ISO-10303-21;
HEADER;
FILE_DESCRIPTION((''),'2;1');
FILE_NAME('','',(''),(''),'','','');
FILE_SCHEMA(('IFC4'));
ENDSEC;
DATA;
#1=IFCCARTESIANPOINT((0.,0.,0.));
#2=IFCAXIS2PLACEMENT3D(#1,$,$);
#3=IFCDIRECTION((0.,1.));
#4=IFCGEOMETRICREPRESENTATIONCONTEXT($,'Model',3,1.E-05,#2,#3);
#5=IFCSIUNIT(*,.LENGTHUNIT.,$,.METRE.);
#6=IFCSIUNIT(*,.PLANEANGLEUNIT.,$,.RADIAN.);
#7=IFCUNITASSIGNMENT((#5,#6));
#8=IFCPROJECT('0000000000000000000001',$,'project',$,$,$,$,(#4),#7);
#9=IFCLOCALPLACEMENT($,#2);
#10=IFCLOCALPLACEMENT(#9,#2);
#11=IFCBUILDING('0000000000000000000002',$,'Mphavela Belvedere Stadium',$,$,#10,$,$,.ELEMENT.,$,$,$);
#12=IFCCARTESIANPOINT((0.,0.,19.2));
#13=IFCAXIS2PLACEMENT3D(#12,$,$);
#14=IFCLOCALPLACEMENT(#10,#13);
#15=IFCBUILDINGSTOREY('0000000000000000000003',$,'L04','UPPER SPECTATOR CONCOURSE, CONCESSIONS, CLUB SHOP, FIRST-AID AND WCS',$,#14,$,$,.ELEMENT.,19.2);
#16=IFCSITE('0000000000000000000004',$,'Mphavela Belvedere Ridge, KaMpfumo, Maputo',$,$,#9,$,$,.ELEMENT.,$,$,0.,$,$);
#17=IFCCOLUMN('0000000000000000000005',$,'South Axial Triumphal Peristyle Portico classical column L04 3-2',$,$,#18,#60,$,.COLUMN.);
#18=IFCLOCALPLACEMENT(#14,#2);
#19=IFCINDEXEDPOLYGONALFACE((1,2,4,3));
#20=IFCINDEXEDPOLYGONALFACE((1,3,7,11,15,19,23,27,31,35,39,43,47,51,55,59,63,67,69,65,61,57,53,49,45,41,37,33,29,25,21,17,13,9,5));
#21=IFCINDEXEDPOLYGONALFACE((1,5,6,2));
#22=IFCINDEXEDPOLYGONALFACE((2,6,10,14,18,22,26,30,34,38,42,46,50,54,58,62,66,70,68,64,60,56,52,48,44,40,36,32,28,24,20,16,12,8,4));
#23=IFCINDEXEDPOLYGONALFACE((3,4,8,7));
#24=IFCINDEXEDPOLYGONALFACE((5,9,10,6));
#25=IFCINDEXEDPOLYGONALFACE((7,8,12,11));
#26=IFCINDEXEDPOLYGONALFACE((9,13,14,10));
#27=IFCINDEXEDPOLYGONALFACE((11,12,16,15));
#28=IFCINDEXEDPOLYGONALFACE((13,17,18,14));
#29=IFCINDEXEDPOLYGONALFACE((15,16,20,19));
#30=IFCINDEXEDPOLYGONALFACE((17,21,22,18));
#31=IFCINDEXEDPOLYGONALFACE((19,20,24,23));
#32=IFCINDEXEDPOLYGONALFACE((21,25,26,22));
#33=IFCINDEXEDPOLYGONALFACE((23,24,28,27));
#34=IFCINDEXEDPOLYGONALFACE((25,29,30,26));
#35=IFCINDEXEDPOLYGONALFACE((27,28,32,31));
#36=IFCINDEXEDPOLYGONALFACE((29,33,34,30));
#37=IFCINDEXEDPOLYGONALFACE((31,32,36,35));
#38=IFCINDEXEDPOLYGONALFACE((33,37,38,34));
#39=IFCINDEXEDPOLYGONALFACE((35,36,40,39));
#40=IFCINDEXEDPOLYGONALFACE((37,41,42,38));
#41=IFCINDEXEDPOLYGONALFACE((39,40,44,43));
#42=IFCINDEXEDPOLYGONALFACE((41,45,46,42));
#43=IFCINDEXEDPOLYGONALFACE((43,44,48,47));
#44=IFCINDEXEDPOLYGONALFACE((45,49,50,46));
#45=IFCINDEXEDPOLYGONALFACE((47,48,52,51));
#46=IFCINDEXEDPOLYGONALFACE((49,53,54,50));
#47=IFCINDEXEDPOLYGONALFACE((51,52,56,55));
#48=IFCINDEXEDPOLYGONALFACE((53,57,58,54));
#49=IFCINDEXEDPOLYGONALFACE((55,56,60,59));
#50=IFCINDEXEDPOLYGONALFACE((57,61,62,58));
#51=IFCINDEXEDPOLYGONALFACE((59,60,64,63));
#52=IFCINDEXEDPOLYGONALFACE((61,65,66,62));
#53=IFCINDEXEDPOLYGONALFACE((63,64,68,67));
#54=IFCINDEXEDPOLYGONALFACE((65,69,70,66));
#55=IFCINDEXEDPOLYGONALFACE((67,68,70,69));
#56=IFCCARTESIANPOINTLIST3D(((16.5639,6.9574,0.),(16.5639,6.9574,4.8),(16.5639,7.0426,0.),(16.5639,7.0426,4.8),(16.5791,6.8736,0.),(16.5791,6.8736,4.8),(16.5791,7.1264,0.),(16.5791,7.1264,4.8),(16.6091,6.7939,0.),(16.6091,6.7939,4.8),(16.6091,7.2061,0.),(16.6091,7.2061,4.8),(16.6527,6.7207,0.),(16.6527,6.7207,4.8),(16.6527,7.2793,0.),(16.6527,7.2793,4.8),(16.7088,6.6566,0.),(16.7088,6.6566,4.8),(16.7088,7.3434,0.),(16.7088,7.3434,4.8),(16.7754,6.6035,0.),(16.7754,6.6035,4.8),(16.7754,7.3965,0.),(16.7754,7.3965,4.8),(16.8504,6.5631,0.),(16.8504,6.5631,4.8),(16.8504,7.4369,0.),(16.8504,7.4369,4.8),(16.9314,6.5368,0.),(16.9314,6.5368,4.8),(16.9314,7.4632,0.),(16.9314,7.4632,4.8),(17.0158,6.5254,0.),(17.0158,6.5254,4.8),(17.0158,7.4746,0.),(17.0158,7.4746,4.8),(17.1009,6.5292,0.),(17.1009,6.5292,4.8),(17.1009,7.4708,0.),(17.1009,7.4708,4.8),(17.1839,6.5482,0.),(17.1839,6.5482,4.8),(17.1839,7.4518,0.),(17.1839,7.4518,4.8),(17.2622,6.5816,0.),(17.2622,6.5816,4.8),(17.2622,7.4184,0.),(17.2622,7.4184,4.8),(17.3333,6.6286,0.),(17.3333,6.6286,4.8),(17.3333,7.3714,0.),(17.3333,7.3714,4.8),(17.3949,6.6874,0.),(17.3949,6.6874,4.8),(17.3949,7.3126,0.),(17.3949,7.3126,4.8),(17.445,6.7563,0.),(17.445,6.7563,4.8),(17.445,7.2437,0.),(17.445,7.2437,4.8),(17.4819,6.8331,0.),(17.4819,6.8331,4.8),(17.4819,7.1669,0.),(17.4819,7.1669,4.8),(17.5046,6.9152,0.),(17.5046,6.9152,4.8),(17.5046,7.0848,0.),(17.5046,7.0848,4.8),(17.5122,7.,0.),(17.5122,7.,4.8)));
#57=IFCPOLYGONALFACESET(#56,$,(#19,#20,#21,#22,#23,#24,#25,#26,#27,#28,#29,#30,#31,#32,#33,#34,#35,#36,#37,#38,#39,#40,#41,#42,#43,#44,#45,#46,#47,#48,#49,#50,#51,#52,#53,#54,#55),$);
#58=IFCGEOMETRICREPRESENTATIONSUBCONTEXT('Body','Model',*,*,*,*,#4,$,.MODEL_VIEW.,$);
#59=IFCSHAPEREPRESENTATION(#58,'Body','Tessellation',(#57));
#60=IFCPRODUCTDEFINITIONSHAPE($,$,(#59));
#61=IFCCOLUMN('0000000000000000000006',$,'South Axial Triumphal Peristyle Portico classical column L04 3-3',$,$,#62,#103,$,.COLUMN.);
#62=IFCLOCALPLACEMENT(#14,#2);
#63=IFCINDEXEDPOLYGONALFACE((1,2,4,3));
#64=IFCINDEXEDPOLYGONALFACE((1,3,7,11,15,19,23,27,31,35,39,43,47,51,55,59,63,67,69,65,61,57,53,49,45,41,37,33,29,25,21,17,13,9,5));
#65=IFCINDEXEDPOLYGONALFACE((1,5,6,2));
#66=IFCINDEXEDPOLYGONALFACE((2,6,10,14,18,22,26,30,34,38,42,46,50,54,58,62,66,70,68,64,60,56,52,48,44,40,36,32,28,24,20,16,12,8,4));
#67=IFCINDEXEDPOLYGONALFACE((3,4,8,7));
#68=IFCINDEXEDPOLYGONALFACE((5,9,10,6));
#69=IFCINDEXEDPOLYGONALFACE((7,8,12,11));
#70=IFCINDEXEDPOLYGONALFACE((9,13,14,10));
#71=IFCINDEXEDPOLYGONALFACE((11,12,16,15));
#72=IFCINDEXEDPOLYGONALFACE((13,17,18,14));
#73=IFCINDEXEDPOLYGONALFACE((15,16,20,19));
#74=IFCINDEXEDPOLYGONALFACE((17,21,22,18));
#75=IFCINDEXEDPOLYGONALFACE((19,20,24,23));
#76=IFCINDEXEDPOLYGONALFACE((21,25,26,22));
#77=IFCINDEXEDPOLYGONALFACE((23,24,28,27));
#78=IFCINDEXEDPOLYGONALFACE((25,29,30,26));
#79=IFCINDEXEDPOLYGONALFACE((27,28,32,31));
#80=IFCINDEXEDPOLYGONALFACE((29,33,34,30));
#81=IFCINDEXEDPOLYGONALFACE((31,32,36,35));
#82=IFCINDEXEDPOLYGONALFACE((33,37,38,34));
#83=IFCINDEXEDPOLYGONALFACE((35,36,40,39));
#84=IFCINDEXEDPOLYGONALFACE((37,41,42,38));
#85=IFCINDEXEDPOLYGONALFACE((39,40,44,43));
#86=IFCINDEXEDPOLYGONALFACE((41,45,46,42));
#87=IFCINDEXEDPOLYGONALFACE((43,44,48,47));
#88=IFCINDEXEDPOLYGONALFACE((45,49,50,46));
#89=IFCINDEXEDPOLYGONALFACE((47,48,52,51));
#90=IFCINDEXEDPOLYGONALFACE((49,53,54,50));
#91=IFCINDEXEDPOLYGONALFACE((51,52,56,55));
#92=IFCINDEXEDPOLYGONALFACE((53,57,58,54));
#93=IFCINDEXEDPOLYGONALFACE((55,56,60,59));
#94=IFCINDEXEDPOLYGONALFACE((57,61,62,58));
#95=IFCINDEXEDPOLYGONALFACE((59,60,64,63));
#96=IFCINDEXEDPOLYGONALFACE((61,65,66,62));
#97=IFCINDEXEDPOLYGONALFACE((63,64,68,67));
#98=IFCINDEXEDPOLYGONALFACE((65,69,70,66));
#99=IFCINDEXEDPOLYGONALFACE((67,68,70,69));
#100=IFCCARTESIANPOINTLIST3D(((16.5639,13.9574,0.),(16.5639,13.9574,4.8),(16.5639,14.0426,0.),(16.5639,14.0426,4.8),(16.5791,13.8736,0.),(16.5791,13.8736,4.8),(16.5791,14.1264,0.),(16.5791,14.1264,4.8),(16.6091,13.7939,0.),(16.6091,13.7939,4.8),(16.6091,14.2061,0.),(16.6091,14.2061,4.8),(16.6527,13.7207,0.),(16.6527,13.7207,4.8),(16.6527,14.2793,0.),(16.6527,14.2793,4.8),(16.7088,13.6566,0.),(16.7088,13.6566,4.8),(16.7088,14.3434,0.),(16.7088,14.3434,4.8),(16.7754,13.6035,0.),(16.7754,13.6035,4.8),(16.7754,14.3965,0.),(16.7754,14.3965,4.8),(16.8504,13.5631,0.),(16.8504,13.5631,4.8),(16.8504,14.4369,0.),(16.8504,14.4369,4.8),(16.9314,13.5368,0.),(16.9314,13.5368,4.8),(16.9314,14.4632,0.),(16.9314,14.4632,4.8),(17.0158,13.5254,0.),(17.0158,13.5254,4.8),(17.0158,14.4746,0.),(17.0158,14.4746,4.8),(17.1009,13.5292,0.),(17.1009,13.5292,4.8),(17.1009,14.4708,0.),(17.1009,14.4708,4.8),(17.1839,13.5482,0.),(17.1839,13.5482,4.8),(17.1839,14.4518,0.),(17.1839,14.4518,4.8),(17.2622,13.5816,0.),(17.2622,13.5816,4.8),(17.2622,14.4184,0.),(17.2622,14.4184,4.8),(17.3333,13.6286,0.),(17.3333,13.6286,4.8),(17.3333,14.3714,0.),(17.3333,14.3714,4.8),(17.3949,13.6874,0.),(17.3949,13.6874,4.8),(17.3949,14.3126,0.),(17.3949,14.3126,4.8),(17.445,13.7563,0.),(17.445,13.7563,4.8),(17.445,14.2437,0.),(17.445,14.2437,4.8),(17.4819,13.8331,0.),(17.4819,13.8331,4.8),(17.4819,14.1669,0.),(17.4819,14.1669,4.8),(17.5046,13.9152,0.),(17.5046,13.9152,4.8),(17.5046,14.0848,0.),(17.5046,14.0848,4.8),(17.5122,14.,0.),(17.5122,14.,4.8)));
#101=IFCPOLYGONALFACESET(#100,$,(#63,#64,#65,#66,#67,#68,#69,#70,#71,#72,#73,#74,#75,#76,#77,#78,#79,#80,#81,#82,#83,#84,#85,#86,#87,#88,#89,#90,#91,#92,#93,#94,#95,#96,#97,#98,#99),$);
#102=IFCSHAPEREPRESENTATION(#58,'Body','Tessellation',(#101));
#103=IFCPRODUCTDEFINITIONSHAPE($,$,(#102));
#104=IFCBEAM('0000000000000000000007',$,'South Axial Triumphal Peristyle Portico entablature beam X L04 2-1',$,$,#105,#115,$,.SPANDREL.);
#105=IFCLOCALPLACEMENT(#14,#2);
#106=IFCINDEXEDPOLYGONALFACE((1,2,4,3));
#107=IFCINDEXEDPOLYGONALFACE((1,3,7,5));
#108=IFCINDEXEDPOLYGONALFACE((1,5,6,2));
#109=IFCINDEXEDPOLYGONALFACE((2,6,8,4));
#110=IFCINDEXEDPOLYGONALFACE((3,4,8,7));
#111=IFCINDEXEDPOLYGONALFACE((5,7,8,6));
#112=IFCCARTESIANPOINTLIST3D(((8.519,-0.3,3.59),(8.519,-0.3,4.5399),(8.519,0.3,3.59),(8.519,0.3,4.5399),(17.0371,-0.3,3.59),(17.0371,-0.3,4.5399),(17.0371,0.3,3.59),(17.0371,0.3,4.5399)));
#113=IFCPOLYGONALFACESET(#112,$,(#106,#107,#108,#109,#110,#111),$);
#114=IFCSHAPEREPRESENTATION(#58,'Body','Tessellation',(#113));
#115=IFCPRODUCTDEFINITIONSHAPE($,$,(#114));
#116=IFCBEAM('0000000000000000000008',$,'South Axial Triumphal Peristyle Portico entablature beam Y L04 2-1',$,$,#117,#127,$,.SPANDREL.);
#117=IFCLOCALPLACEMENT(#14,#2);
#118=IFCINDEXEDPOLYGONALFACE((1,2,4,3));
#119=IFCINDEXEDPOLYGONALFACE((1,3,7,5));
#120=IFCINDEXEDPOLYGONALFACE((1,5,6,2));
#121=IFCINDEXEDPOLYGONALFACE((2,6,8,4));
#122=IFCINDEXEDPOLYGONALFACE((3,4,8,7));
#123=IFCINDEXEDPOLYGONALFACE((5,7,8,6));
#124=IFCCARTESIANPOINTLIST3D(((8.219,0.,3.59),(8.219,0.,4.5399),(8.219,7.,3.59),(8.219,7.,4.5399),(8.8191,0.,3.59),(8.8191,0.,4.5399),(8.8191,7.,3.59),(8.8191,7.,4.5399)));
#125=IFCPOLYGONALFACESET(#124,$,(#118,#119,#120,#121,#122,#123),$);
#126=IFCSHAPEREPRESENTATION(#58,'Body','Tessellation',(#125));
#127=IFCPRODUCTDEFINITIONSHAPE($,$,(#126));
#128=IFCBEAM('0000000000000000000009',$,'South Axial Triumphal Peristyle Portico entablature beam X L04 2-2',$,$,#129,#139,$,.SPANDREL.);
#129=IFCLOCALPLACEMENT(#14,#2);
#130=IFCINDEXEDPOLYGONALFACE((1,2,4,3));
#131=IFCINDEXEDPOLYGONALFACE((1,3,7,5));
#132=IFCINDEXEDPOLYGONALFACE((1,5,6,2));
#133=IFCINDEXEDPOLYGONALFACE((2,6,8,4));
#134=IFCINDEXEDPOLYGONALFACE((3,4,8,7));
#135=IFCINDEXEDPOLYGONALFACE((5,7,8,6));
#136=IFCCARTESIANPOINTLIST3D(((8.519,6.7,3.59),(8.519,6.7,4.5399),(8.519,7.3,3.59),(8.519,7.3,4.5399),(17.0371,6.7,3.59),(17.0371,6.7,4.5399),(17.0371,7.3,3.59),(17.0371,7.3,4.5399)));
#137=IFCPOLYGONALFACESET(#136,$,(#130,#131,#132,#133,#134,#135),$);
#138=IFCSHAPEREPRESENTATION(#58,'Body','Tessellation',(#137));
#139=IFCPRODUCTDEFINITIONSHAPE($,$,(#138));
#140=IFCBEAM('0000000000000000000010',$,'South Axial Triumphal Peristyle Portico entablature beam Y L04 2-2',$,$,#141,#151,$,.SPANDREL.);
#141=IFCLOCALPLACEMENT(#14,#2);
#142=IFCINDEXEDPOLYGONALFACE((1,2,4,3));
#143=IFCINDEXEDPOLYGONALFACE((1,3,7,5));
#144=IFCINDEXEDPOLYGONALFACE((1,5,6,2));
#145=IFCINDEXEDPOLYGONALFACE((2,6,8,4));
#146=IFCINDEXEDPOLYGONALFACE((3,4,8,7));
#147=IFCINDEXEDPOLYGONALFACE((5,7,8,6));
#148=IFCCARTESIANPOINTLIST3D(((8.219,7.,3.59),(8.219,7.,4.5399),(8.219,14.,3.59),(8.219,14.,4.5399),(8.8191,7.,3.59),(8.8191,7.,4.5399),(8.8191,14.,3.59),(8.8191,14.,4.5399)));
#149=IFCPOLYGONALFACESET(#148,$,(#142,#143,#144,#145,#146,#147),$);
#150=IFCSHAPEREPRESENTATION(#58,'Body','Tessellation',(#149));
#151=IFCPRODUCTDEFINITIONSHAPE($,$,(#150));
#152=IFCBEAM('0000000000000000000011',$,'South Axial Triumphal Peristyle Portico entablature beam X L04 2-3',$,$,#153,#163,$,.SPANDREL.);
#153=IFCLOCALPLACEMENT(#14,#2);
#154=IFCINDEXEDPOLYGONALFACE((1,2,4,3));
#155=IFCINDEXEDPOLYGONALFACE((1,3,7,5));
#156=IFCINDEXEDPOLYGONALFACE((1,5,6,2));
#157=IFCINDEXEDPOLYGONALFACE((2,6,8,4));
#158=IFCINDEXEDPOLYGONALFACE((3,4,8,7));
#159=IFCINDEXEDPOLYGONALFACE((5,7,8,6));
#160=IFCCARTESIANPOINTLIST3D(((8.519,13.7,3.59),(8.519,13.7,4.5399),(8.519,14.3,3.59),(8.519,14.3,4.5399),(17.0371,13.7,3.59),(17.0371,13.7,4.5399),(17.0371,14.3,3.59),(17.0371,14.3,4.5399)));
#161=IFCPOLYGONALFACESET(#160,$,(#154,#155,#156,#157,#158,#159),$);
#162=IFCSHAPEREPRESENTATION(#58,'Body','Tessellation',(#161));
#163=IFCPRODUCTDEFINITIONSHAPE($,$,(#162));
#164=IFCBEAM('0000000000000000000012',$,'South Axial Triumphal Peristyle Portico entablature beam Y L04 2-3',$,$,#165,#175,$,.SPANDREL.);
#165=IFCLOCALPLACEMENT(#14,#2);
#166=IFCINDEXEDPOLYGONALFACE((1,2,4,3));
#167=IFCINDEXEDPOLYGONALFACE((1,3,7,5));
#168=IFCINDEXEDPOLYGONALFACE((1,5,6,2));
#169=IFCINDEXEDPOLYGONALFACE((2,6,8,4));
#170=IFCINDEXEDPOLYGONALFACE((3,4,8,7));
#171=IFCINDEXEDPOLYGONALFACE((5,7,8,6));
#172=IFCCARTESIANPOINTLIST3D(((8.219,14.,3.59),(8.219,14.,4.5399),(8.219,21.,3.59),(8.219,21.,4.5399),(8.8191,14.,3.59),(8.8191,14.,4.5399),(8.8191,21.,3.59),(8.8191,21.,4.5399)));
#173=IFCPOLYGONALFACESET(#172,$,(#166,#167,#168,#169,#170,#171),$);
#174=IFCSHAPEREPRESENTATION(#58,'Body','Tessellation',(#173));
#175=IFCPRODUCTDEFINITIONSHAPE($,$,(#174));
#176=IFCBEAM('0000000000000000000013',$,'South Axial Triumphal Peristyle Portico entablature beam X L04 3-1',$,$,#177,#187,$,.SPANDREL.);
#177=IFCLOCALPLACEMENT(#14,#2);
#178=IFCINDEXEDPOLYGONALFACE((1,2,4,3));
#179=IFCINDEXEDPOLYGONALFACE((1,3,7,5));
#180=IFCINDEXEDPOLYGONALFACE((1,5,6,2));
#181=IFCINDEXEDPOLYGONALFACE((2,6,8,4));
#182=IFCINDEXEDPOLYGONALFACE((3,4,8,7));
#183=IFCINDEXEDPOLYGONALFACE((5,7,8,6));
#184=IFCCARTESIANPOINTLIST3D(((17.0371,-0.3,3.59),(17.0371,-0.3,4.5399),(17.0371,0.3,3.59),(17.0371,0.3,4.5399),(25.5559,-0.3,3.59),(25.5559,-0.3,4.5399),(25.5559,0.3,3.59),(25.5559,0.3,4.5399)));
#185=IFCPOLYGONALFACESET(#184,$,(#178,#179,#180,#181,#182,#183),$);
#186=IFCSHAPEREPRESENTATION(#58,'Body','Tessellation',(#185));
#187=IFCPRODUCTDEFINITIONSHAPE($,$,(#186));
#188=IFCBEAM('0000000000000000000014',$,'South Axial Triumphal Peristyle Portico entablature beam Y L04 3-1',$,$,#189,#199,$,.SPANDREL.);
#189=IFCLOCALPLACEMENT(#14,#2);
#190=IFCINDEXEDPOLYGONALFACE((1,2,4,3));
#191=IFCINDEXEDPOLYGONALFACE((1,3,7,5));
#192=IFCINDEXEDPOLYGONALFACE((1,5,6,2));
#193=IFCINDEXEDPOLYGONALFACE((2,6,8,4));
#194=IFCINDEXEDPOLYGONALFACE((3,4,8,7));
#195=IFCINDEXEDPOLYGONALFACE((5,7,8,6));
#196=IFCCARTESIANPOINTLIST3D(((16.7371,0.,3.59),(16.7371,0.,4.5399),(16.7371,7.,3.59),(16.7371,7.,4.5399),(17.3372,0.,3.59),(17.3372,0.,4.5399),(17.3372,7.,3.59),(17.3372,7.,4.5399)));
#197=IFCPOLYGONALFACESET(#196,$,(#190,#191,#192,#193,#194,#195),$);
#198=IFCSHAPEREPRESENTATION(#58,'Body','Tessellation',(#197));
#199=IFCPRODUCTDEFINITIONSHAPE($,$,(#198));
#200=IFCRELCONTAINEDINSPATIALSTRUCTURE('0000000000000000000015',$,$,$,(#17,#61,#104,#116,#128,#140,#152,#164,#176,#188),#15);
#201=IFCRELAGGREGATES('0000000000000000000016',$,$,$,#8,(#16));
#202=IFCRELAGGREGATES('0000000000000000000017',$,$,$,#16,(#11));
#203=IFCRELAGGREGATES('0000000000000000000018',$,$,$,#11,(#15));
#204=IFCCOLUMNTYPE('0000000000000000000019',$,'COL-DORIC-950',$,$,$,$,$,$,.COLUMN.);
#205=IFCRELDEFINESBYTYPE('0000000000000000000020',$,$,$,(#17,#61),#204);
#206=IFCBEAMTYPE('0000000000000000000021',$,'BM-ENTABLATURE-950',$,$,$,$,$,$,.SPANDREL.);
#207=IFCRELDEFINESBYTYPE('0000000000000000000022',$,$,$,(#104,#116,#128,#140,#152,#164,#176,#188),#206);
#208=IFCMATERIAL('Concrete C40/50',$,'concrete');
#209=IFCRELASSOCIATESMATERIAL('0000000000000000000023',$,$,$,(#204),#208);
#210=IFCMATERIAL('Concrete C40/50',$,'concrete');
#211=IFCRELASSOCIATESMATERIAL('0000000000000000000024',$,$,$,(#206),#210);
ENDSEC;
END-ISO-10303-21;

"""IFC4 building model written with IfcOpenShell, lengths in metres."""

from ifc_helpers import new_model, si_unit, direction, frame, origin, origin_2d, place, context, subcontext, project, spatial, rectangle, circle, extrude, material, material_profile, profile_set, type_object, element, save


model = new_model("IFC4")

# Units and contexts
model_context = context("Model", 3, precision=1e-05, world=origin(), true_north=direction((0.0, 1.0)))
body_context = subcontext(model_context, "Body", "Model", "MODEL_VIEW")
ifc_project = project(units=[si_unit("LENGTHUNIT", "METRE"), si_unit("PLANEANGLEUNIT", "RADIAN")], contexts=[model_context])

# Site, building, storey
site_placement = place(None, origin())
site = spatial("IfcSite", under=ifc_project, at=site_placement, Name="Mphavela Belvedere Ridge, KaMpfumo, Maputo", CompositionType="ELEMENT", RefElevation=0.0)
building_placement = place(site_placement, origin())
building = spatial("IfcBuilding", under=site, at=building_placement, Name="Mphavela Belvedere Stadium", CompositionType="ELEMENT")
storey_placement = place(building_placement, frame((0.0, 0.0, 19.2)))
storey = spatial("IfcBuildingStorey", under=building, at=storey_placement, Name="L04", Description="UPPER SPECTATOR CONCOURSE, CONCESSIONS, CLUB SHOP, FIRST-AID AND WCS", CompositionType="ELEMENT", Elevation=19.2)

# Columns
ifc_material_1 = material(Name="Concrete C40/50", Category="concrete")
ifc_material_profile_1 = material_profile(ifc_material_1, circle(Radius=0.4751, at=origin_2d()), Name="COL D950")
ifc_profile_set_1 = profile_set([ifc_material_profile_1], Name="Concrete C40/50")
column_type = type_object("IfcColumnType", Name="COL-DORIC-950", PredefinedType="COLUMN", material=ifc_profile_set_1)
for number, where, z_axis, x_axis, name in (
    (1, (17.0371, 7.0, 0.0), (0.0, 0.0, 1.0), (1.0, 0.0, 0.0), "South Axial Triumphal Peristyle Portico classical column L04 3-2"),
    (2, (17.0371, 14.0, 0.0), (0.0, 0.0, 1.0), (1.0, 0.0, 0.0), "South Axial Triumphal Peristyle Portico classical column L04 3-3"),
):
    element("IfcColumn", number, at=place(storey_placement, frame(where, z_axis=z_axis, x_axis=x_axis)), inside=storey, type_object=column_type, Name=name, PredefinedType="COLUMN", context=body_context, shape_type="SweptSolid", body=[
        extrude(circle(Radius=0.4751, at=origin_2d()), origin(), (0.0, 0.0, 1.0), 4.8),
    ])

# Beams
ifc_material_2 = material(Name="Concrete C40/50", Category="concrete")
ifc_material_profile_2 = material_profile(ifc_material_2, rectangle(XDim=0.6001, YDim=0.95, at=origin_2d()), Name="RC 600x950")
ifc_profile_set_2 = profile_set([ifc_material_profile_2], Name="Concrete C40/50")
beam_type_1 = type_object("IfcBeamType", Name="BM-ENTABLATURE-950", PredefinedType="SPANDREL", material=ifc_profile_set_2)
beam_1_placement = place(storey_placement, frame((8.519, 0.0, 4.0649), z_axis=(1.0, 0.0, 0.0), x_axis=(0.0, 1.0, 0.0)))
element("IfcBeam", 3, at=beam_1_placement, inside=storey, type_object=beam_type_1, Name="South Axial Triumphal Peristyle Portico entablature beam X L04 2-1", PredefinedType="SPANDREL", context=body_context, shape_type="SweptSolid", body=[
    extrude(rectangle(XDim=0.6001, YDim=0.95, at=origin_2d()), origin(), (0.0, 0.0, 1.0), 8.5181),
])
beam_2_placement = place(storey_placement, frame((8.519, 0.0, 4.0649), z_axis=(0.0, 1.0, 0.0), x_axis=(-1.0, 0.0, 0.0)))
element("IfcBeam", 4, at=beam_2_placement, inside=storey, type_object=beam_type_1, Name="South Axial Triumphal Peristyle Portico entablature beam Y L04 2-1", PredefinedType="SPANDREL", context=body_context, shape_type="SweptSolid", body=[
    extrude(rectangle(XDim=0.6001, YDim=0.95, at=origin_2d()), origin(), (0.0, 0.0, 1.0), 7.0),
])
beam_3_placement = place(storey_placement, frame((8.519, 7.0, 4.0649), z_axis=(1.0, 0.0, 0.0), x_axis=(0.0, 1.0, 0.0)))
element("IfcBeam", 5, at=beam_3_placement, inside=storey, type_object=beam_type_1, Name="South Axial Triumphal Peristyle Portico entablature beam X L04 2-2", PredefinedType="SPANDREL", context=body_context, shape_type="SweptSolid", body=[
    extrude(rectangle(XDim=0.6001, YDim=0.95, at=origin_2d()), origin(), (0.0, 0.0, 1.0), 8.5181),
])
beam_4_placement = place(storey_placement, frame((8.519, 7.0, 4.0649), z_axis=(0.0, 1.0, 0.0), x_axis=(-1.0, 0.0, 0.0)))
element("IfcBeam", 6, at=beam_4_placement, inside=storey, type_object=beam_type_1, Name="South Axial Triumphal Peristyle Portico entablature beam Y L04 2-2", PredefinedType="SPANDREL", context=body_context, shape_type="SweptSolid", body=[
    extrude(rectangle(XDim=0.6001, YDim=0.95, at=origin_2d()), origin(), (0.0, 0.0, 1.0), 7.0),
])
beam_5_placement = place(storey_placement, frame((8.519, 14.0, 4.0649), z_axis=(1.0, 0.0, 0.0), x_axis=(0.0, 1.0, 0.0)))
element("IfcBeam", 7, at=beam_5_placement, inside=storey, type_object=beam_type_1, Name="South Axial Triumphal Peristyle Portico entablature beam X L04 2-3", PredefinedType="SPANDREL", context=body_context, shape_type="SweptSolid", body=[
    extrude(rectangle(XDim=0.6001, YDim=0.95, at=origin_2d()), origin(), (0.0, 0.0, 1.0), 8.5181),
])
beam_6_placement = place(storey_placement, frame((8.519, 14.0, 4.0649), z_axis=(0.0, 1.0, 0.0), x_axis=(-1.0, 0.0, 0.0)))
element("IfcBeam", 8, at=beam_6_placement, inside=storey, type_object=beam_type_1, Name="South Axial Triumphal Peristyle Portico entablature beam Y L04 2-3", PredefinedType="SPANDREL", context=body_context, shape_type="SweptSolid", body=[
    extrude(rectangle(XDim=0.6001, YDim=0.95, at=origin_2d()), origin(), (0.0, 0.0, 1.0), 7.0),
])
beam_7_placement = place(storey_placement, frame((17.0371, 0.0, 4.0649), z_axis=(1.0, 0.0, 0.0), x_axis=(0.0, 1.0, 0.0)))
element("IfcBeam", 9, at=beam_7_placement, inside=storey, type_object=beam_type_1, Name="South Axial Triumphal Peristyle Portico entablature beam X L04 3-1", PredefinedType="SPANDREL", context=body_context, shape_type="SweptSolid", body=[
    extrude(rectangle(XDim=0.6001, YDim=0.95, at=origin_2d()), origin(), (0.0, 0.0, 1.0), 8.5188),
])
beam_8_placement = place(storey_placement, frame((17.0371, 0.0, 4.0649), z_axis=(0.0, 1.0, 0.0), x_axis=(-1.0, 0.0, 0.0)))
element("IfcBeam", 10, at=beam_8_placement, inside=storey, type_object=beam_type_1, Name="South Axial Triumphal Peristyle Portico entablature beam Y L04 3-1", PredefinedType="SPANDREL", context=body_context, shape_type="SweptSolid", body=[
    extrude(rectangle(XDim=0.6001, YDim=0.95, at=origin_2d()), origin(), (0.0, 0.0, 1.0), 7.0),
])

save(model, "model.ifc")
